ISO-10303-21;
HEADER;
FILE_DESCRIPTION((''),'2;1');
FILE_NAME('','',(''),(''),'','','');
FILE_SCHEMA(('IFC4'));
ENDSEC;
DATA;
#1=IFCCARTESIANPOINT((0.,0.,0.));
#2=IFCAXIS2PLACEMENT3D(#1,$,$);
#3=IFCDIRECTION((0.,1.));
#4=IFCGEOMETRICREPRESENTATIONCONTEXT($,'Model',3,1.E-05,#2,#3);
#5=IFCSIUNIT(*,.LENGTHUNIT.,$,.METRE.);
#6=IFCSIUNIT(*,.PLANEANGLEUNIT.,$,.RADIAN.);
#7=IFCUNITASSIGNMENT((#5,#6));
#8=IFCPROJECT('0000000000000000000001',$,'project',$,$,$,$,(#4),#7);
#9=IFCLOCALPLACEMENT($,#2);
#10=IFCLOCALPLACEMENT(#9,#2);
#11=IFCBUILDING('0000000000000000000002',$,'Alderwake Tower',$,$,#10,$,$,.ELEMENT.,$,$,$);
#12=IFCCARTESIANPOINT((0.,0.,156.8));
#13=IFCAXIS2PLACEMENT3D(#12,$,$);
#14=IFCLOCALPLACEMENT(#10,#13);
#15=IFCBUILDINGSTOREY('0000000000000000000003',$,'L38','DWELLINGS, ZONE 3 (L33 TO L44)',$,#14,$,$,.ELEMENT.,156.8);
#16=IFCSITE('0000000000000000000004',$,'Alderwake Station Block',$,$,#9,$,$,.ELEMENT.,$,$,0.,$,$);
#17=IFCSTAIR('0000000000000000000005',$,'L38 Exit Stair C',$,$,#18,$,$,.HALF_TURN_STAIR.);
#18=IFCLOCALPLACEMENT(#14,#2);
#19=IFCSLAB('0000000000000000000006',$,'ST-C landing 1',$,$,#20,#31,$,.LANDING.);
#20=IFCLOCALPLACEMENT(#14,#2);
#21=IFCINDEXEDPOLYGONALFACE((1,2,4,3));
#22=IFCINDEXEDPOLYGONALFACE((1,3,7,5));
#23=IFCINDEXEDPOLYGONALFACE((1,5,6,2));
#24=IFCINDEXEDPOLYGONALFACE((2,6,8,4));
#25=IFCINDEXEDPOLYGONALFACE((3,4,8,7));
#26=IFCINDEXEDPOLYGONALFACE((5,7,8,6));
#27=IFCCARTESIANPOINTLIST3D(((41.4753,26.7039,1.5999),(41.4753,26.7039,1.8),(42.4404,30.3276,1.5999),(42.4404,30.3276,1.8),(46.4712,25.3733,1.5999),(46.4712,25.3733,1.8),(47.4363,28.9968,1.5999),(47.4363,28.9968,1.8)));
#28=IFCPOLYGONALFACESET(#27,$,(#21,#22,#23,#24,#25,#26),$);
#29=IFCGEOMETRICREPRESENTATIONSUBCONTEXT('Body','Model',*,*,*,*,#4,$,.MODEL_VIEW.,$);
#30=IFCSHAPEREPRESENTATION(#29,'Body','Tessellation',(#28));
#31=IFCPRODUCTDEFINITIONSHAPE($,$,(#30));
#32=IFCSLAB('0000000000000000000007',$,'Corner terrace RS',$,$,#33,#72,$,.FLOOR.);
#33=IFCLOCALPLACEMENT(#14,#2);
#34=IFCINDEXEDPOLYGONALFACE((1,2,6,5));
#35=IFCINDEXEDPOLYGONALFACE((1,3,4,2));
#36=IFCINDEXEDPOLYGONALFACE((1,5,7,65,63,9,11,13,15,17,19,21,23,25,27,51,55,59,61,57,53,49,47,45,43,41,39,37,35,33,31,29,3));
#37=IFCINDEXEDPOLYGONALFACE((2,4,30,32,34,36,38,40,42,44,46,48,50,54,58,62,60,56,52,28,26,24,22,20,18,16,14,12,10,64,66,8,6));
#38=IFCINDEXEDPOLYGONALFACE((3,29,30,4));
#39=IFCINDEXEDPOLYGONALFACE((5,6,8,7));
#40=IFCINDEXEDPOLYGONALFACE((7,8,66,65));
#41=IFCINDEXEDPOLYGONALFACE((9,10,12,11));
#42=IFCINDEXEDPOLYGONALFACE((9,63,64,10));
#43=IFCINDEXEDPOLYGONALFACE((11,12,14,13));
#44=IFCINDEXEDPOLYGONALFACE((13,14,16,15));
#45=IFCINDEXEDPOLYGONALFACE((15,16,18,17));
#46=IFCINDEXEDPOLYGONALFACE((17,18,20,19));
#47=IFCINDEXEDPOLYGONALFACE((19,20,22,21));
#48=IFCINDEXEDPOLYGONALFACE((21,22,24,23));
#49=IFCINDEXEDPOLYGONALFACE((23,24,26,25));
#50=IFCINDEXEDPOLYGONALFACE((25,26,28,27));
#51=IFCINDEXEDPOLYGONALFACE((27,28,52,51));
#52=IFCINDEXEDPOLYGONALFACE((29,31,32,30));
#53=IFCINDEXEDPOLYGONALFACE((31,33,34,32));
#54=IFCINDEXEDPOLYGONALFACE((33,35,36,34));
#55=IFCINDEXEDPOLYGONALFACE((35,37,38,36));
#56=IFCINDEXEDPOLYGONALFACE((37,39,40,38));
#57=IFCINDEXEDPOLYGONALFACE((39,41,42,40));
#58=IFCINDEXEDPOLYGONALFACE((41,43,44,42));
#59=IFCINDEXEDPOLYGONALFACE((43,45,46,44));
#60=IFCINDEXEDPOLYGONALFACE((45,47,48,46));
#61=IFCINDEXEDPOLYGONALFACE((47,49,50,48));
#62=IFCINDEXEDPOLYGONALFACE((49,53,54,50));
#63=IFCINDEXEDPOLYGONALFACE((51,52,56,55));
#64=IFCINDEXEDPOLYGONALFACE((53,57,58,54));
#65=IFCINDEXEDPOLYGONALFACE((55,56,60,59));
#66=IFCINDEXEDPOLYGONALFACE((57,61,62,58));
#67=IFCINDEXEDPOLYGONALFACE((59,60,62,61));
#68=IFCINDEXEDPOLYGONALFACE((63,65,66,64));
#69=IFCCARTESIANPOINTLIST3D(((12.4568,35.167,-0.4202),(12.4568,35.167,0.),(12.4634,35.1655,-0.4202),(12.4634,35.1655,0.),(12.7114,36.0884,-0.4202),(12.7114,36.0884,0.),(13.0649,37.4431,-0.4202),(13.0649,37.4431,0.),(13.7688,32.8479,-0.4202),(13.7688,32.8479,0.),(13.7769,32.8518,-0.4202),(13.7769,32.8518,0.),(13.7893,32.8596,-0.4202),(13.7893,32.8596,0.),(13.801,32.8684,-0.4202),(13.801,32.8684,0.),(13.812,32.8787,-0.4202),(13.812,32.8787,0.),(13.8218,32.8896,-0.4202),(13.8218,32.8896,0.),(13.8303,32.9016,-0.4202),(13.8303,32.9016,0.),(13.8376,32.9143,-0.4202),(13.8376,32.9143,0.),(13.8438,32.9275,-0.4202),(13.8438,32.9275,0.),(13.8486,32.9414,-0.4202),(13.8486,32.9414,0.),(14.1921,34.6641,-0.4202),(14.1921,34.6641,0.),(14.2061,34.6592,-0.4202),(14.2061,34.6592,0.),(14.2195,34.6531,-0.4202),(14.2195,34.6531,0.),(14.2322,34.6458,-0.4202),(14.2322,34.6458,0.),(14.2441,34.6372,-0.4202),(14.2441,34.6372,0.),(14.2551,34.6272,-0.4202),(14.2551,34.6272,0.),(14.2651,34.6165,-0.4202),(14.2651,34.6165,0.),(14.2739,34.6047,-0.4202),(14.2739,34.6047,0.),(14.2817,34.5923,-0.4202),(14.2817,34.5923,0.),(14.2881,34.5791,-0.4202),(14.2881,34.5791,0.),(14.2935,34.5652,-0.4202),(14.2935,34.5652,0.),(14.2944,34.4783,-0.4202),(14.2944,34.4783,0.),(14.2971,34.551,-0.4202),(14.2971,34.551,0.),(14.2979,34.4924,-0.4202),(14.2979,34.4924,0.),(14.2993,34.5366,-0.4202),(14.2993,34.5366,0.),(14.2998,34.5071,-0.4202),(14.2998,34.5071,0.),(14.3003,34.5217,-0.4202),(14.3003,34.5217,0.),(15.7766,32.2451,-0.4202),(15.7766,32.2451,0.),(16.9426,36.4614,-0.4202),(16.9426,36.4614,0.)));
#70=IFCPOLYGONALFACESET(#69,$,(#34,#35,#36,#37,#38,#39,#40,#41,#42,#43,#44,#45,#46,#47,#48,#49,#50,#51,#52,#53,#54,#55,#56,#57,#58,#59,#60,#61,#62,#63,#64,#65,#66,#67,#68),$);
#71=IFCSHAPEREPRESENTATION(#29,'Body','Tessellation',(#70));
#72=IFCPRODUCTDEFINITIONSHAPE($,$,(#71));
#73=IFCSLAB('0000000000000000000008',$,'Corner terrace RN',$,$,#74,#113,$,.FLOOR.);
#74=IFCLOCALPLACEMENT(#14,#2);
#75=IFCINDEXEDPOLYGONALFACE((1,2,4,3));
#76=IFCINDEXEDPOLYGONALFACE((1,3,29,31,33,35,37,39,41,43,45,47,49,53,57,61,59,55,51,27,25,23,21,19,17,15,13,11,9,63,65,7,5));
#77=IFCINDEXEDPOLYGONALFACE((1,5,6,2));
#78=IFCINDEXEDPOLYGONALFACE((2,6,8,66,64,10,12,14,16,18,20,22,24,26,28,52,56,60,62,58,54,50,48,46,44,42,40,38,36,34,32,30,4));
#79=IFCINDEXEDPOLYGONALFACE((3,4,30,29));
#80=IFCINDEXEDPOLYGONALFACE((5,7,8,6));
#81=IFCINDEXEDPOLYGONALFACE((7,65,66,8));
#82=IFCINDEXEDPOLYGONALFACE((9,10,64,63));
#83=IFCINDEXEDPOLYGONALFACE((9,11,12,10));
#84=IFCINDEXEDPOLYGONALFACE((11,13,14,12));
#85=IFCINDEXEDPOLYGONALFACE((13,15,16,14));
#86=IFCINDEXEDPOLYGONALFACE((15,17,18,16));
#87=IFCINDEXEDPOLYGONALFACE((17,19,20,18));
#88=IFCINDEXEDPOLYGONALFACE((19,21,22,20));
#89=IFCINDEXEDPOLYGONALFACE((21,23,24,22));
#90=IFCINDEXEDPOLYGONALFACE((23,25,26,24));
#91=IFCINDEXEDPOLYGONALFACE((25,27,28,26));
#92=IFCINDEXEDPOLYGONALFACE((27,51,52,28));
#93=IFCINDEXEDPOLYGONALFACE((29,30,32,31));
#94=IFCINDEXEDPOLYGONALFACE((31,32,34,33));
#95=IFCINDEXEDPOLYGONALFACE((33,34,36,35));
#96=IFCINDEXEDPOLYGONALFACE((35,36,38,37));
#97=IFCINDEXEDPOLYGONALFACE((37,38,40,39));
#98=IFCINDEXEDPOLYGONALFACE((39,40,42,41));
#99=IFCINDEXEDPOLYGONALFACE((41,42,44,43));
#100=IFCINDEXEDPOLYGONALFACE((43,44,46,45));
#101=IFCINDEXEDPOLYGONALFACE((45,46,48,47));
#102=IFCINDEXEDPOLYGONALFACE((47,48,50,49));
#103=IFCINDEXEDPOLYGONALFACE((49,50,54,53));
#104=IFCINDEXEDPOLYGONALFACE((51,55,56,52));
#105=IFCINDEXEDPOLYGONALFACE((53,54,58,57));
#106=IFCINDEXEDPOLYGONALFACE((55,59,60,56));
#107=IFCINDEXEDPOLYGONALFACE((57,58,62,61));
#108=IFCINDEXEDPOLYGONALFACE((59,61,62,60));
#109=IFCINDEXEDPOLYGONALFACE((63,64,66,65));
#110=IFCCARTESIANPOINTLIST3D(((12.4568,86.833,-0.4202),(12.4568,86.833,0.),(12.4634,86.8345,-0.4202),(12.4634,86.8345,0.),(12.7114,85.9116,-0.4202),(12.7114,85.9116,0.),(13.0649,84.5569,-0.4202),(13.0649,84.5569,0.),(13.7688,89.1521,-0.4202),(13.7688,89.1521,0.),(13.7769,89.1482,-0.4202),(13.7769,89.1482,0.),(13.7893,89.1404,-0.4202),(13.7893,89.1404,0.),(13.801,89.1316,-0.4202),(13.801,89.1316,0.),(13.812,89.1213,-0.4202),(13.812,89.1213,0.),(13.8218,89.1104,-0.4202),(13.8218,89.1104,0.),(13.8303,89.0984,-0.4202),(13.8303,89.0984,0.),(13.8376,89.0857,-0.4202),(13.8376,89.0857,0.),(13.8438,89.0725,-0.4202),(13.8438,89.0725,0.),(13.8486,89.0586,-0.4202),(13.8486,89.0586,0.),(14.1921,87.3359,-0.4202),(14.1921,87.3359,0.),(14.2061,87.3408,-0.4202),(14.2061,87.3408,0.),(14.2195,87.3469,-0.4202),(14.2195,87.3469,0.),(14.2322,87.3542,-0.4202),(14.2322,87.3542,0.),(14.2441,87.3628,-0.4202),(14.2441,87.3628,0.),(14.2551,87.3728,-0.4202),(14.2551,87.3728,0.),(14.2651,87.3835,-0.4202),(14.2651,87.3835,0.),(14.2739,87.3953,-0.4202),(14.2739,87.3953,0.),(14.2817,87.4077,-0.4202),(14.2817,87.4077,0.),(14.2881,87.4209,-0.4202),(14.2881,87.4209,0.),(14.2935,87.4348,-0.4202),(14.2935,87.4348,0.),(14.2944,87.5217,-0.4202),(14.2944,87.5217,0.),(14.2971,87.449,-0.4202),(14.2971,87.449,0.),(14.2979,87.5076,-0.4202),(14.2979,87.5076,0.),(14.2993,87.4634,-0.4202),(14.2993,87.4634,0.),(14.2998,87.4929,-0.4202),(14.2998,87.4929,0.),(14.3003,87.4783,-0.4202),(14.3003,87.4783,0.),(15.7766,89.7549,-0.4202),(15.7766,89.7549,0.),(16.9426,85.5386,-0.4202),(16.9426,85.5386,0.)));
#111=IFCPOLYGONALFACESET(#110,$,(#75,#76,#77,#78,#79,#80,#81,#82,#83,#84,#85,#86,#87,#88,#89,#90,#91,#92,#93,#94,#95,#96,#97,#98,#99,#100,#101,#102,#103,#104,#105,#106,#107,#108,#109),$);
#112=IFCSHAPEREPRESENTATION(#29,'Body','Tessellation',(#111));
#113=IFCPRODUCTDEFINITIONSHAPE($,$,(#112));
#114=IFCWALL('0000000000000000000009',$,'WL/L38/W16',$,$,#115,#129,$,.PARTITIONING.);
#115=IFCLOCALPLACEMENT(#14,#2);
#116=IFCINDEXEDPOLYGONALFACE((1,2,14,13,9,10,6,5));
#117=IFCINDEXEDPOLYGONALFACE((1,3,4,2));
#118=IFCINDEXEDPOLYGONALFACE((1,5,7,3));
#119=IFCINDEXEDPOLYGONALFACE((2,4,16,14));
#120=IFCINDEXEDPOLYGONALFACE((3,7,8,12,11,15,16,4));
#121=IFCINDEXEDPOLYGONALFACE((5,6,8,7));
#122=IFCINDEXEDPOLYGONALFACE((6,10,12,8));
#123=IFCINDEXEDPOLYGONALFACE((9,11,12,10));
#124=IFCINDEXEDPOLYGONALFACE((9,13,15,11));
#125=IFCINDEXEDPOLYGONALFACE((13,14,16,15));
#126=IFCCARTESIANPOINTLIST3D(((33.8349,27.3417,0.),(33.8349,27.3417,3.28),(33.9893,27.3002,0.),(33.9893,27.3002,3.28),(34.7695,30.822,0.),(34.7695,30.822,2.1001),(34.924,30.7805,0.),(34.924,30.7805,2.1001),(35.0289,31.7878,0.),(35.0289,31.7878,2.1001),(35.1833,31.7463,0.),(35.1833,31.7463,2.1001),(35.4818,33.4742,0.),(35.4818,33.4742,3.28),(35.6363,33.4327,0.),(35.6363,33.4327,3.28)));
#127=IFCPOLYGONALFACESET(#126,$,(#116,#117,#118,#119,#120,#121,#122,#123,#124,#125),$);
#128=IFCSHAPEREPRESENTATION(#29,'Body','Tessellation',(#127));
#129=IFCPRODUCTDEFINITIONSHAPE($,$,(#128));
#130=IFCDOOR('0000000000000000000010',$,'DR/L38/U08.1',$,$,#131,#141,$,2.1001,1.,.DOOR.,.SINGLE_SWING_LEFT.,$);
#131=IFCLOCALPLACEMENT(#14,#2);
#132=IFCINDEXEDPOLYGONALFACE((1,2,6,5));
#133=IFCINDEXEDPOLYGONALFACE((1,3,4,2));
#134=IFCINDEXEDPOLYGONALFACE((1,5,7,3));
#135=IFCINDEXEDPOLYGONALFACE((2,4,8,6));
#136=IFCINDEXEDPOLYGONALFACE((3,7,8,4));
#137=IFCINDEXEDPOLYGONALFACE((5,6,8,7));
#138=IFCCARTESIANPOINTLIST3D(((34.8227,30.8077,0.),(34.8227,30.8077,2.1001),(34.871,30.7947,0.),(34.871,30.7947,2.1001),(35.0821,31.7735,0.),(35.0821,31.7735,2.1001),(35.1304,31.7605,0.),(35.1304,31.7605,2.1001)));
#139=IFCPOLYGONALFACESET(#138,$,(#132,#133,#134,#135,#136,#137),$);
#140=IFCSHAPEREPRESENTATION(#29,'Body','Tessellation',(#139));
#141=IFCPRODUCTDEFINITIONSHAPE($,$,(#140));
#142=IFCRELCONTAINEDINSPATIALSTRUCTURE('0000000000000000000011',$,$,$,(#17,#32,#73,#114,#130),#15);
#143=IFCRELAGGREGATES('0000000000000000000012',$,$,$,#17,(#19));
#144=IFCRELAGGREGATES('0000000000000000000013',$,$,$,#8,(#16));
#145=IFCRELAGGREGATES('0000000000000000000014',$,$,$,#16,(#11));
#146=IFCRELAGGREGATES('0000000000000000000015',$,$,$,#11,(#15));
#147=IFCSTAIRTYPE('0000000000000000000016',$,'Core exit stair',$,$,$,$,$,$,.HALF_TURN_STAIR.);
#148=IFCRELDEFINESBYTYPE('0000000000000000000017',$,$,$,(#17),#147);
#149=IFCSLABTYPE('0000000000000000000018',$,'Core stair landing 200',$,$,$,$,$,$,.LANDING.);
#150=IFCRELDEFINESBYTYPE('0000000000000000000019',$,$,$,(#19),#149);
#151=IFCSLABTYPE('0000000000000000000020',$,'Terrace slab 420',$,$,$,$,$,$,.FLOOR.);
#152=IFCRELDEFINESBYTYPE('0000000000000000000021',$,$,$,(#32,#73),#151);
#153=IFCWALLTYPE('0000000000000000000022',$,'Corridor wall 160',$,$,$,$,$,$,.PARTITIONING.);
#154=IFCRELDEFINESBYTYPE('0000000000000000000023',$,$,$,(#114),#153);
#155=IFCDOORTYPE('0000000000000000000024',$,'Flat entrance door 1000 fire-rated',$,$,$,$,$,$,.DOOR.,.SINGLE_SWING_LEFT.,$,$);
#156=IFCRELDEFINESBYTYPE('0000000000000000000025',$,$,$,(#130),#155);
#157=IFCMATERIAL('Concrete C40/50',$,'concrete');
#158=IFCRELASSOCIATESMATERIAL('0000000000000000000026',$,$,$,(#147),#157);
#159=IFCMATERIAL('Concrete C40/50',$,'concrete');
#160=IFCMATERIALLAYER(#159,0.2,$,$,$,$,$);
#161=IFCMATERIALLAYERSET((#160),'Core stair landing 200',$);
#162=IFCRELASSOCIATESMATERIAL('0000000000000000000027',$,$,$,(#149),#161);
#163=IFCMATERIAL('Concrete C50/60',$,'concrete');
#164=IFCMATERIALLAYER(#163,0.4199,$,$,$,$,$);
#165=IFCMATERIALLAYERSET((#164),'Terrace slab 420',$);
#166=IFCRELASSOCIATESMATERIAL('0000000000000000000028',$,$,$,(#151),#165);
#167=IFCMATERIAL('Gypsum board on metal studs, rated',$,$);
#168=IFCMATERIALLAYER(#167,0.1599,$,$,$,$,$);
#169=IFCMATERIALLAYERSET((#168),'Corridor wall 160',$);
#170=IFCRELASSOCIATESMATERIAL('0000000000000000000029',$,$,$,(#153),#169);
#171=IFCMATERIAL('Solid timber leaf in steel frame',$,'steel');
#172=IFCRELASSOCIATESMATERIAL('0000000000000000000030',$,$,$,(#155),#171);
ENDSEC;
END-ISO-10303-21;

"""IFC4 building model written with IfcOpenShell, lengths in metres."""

from ifc_helpers import new_model, si_unit, direction, frame, frame_2d, origin, place, context, subcontext, project, spatial, polyline, rectangle, outline, extrude, material, layer, layer_set, type_object, element, fill, aggregate, save


model = new_model("IFC4")

# Units and contexts
model_context = context("Model", 3, precision=1e-05, world=origin(), true_north=direction((0.0, 1.0)))
body_context = subcontext(model_context, "Body", "Model", "MODEL_VIEW")
ifc_project = project(units=[si_unit("LENGTHUNIT", "METRE"), si_unit("PLANEANGLEUNIT", "RADIAN")], contexts=[model_context])

# Site, building, storey
site_placement = place(None, origin())
site = spatial("IfcSite", under=ifc_project, at=site_placement, Name="Alderwake Station Block", CompositionType="ELEMENT", RefElevation=0.0)
building_placement = place(site_placement, origin())
building = spatial("IfcBuilding", under=site, at=building_placement, Name="Alderwake Tower", CompositionType="ELEMENT")
storey_placement = place(building_placement, frame((0.0, 0.0, 156.8)))
storey = spatial("IfcBuildingStorey", under=building, at=storey_placement, Name="L38", Description="DWELLINGS, ZONE 3 (L33 TO L44)", CompositionType="ELEMENT", Elevation=156.8)

# Stair, slab
ifc_material_1 = material(Name="Concrete C40/50", Category="concrete")
stair_type = type_object("IfcStairType", Name="Core exit stair", PredefinedType="HALF_TURN_STAIR", material=ifc_material_1)
ifc_material_2 = material(Name="Concrete C40/50", Category="concrete")
ifc_layer_1 = layer(ifc_material_2, 0.2)
ifc_layer_set_1 = layer_set([ifc_layer_1], Name="Core stair landing 200")
slab_type_1 = type_object("IfcSlabType", Name="Core stair landing 200", PredefinedType="LANDING", material=ifc_layer_set_1)
stair_1_placement = place(storey_placement, origin())
stair_1 = element("IfcStair", 1, at=stair_1_placement, inside=storey, type_object=stair_type, Name="L38 Exit Stair C", PredefinedType="HALF_TURN_STAIR")
slab_1_placement = place(storey_placement, frame((0.0, 0.0, 1.5999)))
slab_1 = element("IfcSlab", 2, at=slab_1_placement, type_object=slab_type_1, Name="ST-C landing 1", PredefinedType="LANDING", context=body_context, shape_type="SweptSolid", body=[
    extrude(outline(polyline([(41.4753, 26.7039), (46.4712, 25.3733), (47.4363, 28.9968), (42.4404, 30.3276), (41.4753, 26.7039)])), origin(), (0.0, 0.0, 1.0), 0.2002),
])
aggregate(stair_1, [slab_1])

# Slabs
ifc_material_3 = material(Name="Concrete C50/60", Category="concrete")
ifc_layer_2 = layer(ifc_material_3, 0.4199)
ifc_layer_set_2 = layer_set([ifc_layer_2], Name="Terrace slab 420")
slab_type_2 = type_object("IfcSlabType", Name="Terrace slab 420", PredefinedType="FLOOR", material=ifc_layer_set_2)
slab_2_placement = place(storey_placement, frame((0.0, 0.0, -0.4202)))
element("IfcSlab", 3, at=slab_2_placement, inside=storey, type_object=slab_type_2, Name="Corner terrace RS", PredefinedType="FLOOR", context=body_context, shape_type="SweptSolid", body=[
    extrude(outline(polyline([(15.7766, 32.2451), (13.7688, 32.8479), (13.7769, 32.8518), (13.7893, 32.8596), (13.801, 32.8684), (13.812, 32.8787), (13.8218, 32.8896), (13.8303, 32.9016), (13.8376, 32.9143), (13.8438, 32.9275), (13.8486, 32.9414), (14.2944, 34.4783), (14.2979, 34.4924), (14.2998, 34.5071), (14.3003, 34.5217), (14.2993, 34.5366), (14.2971, 34.551), (14.2935, 34.5652), (14.2881, 34.5791), (14.2817, 34.5923), (14.2739, 34.6047), (14.2651, 34.6165), (14.2551, 34.6272), (14.2441, 34.6372), (14.2322, 34.6458), (14.2195, 34.6531), (14.2061, 34.6592), (14.1921, 34.6641), (12.4634, 35.1655), (12.4568, 35.167), (12.7114, 36.0884), (13.0649, 37.4431), (16.9426, 36.4614), (15.7766, 32.2451)])), origin(), (0.0, 0.0, 1.0), 0.4202),
])
slab_3_placement = place(storey_placement, frame((0.0, 0.0, -0.4202)))
element("IfcSlab", 4, at=slab_3_placement, inside=storey, type_object=slab_type_2, Name="Corner terrace RN", PredefinedType="FLOOR", context=body_context, shape_type="SweptSolid", body=[
    extrude(outline(polyline([(12.4568, 86.833), (12.4634, 86.8345), (14.1921, 87.3359), (14.2061, 87.3408), (14.2195, 87.3469), (14.2322, 87.3542), (14.2441, 87.3628), (14.2551, 87.3728), (14.2651, 87.3835), (14.2739, 87.3953), (14.2817, 87.4077), (14.2881, 87.4209), (14.2935, 87.4348), (14.2971, 87.449), (14.2993, 87.4634), (14.3003, 87.4783), (14.2998, 87.4929), (14.2979, 87.5076), (14.2944, 87.5217), (13.8486, 89.0586), (13.8438, 89.0725), (13.8376, 89.0857), (13.8303, 89.0984), (13.8218, 89.1104), (13.812, 89.1213), (13.801, 89.1316), (13.7893, 89.1404), (13.7769, 89.1482), (13.7688, 89.1521), (15.7766, 89.7549), (16.9426, 85.5386), (13.0649, 84.5569), (12.7114, 85.9116), (12.4568, 86.833)])), origin(), (0.0, 0.0, 1.0), 0.4202),
])

# Wall, opening, door
ifc_material_4 = material(Name="Gypsum board on metal studs, rated")
ifc_layer_3 = layer(ifc_material_4, 0.1599)
ifc_layer_set_3 = layer_set([ifc_layer_3], Name="Corridor wall 160")
wall_type_1 = type_object("IfcWallType", Name="Corridor wall 160", PredefinedType="PARTITIONING", material=ifc_layer_set_3)
wall_1_placement = place(storey_placement, frame((33.9121, 27.321, 0.0), z_axis=(0.0, 0.0, 1.0), x_axis=(0.259371, 0.965778, 0.0)))
wall_1 = element("IfcWall", 5, at=wall_1_placement, inside=storey, type_object=wall_type_1, Name="WL/L38/W16", PredefinedType="PARTITIONING", context=body_context, shape_type="SweptSolid", body=[
    extrude(rectangle(XDim=6.3499, YDim=0.1599, at=frame_2d((3.1748, 0.0))), origin(), (0.0, 0.0, 1.0), 3.28),
])
opening_1_placement = place(wall_1_placement, frame((3.6035, 0.0, 0.0)))
opening_1 = element("IfcOpeningElement", 6, at=opening_1_placement, cuts=wall_1, PredefinedType="OPENING", context=body_context, shape_type="SweptSolid", body=[
    extrude(rectangle(XDim=1.0, YDim=2.1001, at=frame_2d((0.5, 1.05))), frame((0.0, 0.0898, 0.0), z_axis=(0.0, -1.0, 0.0), x_axis=(1.0, 0.0, 0.0)), (0.0, 0.0, 1.0), 0.1799),
])
ifc_material_5 = material(Name="Solid timber leaf in steel frame", Category="steel")
door_type_1 = type_object("IfcDoorType", Name="Flat entrance door 1000 fire-rated", OperationType="SINGLE_SWING_LEFT", PredefinedType="DOOR", material=ifc_material_5)
door_1_placement = place(opening_1_placement, origin())
door_1 = element("IfcDoor", 7, at=door_1_placement, inside=storey, type_object=door_type_1, Name="DR/L38/U08.1", OperationType="SINGLE_SWING_LEFT", OverallHeight=2.1001, OverallWidth=1.0, PredefinedType="DOOR", context=body_context, shape_type="SweptSolid", body=[
    extrude(rectangle(XDim=1.0, YDim=2.1001, at=frame_2d((0.5, 1.05))), frame((0.0, 0.0249, 0.0), z_axis=(0.0, -1.0, 0.0), x_axis=(1.0, 0.0, 0.0)), (0.0, 0.0, 1.0), 0.05),
])
fill(opening_1, door_1)

save(model, "model.ifc")
